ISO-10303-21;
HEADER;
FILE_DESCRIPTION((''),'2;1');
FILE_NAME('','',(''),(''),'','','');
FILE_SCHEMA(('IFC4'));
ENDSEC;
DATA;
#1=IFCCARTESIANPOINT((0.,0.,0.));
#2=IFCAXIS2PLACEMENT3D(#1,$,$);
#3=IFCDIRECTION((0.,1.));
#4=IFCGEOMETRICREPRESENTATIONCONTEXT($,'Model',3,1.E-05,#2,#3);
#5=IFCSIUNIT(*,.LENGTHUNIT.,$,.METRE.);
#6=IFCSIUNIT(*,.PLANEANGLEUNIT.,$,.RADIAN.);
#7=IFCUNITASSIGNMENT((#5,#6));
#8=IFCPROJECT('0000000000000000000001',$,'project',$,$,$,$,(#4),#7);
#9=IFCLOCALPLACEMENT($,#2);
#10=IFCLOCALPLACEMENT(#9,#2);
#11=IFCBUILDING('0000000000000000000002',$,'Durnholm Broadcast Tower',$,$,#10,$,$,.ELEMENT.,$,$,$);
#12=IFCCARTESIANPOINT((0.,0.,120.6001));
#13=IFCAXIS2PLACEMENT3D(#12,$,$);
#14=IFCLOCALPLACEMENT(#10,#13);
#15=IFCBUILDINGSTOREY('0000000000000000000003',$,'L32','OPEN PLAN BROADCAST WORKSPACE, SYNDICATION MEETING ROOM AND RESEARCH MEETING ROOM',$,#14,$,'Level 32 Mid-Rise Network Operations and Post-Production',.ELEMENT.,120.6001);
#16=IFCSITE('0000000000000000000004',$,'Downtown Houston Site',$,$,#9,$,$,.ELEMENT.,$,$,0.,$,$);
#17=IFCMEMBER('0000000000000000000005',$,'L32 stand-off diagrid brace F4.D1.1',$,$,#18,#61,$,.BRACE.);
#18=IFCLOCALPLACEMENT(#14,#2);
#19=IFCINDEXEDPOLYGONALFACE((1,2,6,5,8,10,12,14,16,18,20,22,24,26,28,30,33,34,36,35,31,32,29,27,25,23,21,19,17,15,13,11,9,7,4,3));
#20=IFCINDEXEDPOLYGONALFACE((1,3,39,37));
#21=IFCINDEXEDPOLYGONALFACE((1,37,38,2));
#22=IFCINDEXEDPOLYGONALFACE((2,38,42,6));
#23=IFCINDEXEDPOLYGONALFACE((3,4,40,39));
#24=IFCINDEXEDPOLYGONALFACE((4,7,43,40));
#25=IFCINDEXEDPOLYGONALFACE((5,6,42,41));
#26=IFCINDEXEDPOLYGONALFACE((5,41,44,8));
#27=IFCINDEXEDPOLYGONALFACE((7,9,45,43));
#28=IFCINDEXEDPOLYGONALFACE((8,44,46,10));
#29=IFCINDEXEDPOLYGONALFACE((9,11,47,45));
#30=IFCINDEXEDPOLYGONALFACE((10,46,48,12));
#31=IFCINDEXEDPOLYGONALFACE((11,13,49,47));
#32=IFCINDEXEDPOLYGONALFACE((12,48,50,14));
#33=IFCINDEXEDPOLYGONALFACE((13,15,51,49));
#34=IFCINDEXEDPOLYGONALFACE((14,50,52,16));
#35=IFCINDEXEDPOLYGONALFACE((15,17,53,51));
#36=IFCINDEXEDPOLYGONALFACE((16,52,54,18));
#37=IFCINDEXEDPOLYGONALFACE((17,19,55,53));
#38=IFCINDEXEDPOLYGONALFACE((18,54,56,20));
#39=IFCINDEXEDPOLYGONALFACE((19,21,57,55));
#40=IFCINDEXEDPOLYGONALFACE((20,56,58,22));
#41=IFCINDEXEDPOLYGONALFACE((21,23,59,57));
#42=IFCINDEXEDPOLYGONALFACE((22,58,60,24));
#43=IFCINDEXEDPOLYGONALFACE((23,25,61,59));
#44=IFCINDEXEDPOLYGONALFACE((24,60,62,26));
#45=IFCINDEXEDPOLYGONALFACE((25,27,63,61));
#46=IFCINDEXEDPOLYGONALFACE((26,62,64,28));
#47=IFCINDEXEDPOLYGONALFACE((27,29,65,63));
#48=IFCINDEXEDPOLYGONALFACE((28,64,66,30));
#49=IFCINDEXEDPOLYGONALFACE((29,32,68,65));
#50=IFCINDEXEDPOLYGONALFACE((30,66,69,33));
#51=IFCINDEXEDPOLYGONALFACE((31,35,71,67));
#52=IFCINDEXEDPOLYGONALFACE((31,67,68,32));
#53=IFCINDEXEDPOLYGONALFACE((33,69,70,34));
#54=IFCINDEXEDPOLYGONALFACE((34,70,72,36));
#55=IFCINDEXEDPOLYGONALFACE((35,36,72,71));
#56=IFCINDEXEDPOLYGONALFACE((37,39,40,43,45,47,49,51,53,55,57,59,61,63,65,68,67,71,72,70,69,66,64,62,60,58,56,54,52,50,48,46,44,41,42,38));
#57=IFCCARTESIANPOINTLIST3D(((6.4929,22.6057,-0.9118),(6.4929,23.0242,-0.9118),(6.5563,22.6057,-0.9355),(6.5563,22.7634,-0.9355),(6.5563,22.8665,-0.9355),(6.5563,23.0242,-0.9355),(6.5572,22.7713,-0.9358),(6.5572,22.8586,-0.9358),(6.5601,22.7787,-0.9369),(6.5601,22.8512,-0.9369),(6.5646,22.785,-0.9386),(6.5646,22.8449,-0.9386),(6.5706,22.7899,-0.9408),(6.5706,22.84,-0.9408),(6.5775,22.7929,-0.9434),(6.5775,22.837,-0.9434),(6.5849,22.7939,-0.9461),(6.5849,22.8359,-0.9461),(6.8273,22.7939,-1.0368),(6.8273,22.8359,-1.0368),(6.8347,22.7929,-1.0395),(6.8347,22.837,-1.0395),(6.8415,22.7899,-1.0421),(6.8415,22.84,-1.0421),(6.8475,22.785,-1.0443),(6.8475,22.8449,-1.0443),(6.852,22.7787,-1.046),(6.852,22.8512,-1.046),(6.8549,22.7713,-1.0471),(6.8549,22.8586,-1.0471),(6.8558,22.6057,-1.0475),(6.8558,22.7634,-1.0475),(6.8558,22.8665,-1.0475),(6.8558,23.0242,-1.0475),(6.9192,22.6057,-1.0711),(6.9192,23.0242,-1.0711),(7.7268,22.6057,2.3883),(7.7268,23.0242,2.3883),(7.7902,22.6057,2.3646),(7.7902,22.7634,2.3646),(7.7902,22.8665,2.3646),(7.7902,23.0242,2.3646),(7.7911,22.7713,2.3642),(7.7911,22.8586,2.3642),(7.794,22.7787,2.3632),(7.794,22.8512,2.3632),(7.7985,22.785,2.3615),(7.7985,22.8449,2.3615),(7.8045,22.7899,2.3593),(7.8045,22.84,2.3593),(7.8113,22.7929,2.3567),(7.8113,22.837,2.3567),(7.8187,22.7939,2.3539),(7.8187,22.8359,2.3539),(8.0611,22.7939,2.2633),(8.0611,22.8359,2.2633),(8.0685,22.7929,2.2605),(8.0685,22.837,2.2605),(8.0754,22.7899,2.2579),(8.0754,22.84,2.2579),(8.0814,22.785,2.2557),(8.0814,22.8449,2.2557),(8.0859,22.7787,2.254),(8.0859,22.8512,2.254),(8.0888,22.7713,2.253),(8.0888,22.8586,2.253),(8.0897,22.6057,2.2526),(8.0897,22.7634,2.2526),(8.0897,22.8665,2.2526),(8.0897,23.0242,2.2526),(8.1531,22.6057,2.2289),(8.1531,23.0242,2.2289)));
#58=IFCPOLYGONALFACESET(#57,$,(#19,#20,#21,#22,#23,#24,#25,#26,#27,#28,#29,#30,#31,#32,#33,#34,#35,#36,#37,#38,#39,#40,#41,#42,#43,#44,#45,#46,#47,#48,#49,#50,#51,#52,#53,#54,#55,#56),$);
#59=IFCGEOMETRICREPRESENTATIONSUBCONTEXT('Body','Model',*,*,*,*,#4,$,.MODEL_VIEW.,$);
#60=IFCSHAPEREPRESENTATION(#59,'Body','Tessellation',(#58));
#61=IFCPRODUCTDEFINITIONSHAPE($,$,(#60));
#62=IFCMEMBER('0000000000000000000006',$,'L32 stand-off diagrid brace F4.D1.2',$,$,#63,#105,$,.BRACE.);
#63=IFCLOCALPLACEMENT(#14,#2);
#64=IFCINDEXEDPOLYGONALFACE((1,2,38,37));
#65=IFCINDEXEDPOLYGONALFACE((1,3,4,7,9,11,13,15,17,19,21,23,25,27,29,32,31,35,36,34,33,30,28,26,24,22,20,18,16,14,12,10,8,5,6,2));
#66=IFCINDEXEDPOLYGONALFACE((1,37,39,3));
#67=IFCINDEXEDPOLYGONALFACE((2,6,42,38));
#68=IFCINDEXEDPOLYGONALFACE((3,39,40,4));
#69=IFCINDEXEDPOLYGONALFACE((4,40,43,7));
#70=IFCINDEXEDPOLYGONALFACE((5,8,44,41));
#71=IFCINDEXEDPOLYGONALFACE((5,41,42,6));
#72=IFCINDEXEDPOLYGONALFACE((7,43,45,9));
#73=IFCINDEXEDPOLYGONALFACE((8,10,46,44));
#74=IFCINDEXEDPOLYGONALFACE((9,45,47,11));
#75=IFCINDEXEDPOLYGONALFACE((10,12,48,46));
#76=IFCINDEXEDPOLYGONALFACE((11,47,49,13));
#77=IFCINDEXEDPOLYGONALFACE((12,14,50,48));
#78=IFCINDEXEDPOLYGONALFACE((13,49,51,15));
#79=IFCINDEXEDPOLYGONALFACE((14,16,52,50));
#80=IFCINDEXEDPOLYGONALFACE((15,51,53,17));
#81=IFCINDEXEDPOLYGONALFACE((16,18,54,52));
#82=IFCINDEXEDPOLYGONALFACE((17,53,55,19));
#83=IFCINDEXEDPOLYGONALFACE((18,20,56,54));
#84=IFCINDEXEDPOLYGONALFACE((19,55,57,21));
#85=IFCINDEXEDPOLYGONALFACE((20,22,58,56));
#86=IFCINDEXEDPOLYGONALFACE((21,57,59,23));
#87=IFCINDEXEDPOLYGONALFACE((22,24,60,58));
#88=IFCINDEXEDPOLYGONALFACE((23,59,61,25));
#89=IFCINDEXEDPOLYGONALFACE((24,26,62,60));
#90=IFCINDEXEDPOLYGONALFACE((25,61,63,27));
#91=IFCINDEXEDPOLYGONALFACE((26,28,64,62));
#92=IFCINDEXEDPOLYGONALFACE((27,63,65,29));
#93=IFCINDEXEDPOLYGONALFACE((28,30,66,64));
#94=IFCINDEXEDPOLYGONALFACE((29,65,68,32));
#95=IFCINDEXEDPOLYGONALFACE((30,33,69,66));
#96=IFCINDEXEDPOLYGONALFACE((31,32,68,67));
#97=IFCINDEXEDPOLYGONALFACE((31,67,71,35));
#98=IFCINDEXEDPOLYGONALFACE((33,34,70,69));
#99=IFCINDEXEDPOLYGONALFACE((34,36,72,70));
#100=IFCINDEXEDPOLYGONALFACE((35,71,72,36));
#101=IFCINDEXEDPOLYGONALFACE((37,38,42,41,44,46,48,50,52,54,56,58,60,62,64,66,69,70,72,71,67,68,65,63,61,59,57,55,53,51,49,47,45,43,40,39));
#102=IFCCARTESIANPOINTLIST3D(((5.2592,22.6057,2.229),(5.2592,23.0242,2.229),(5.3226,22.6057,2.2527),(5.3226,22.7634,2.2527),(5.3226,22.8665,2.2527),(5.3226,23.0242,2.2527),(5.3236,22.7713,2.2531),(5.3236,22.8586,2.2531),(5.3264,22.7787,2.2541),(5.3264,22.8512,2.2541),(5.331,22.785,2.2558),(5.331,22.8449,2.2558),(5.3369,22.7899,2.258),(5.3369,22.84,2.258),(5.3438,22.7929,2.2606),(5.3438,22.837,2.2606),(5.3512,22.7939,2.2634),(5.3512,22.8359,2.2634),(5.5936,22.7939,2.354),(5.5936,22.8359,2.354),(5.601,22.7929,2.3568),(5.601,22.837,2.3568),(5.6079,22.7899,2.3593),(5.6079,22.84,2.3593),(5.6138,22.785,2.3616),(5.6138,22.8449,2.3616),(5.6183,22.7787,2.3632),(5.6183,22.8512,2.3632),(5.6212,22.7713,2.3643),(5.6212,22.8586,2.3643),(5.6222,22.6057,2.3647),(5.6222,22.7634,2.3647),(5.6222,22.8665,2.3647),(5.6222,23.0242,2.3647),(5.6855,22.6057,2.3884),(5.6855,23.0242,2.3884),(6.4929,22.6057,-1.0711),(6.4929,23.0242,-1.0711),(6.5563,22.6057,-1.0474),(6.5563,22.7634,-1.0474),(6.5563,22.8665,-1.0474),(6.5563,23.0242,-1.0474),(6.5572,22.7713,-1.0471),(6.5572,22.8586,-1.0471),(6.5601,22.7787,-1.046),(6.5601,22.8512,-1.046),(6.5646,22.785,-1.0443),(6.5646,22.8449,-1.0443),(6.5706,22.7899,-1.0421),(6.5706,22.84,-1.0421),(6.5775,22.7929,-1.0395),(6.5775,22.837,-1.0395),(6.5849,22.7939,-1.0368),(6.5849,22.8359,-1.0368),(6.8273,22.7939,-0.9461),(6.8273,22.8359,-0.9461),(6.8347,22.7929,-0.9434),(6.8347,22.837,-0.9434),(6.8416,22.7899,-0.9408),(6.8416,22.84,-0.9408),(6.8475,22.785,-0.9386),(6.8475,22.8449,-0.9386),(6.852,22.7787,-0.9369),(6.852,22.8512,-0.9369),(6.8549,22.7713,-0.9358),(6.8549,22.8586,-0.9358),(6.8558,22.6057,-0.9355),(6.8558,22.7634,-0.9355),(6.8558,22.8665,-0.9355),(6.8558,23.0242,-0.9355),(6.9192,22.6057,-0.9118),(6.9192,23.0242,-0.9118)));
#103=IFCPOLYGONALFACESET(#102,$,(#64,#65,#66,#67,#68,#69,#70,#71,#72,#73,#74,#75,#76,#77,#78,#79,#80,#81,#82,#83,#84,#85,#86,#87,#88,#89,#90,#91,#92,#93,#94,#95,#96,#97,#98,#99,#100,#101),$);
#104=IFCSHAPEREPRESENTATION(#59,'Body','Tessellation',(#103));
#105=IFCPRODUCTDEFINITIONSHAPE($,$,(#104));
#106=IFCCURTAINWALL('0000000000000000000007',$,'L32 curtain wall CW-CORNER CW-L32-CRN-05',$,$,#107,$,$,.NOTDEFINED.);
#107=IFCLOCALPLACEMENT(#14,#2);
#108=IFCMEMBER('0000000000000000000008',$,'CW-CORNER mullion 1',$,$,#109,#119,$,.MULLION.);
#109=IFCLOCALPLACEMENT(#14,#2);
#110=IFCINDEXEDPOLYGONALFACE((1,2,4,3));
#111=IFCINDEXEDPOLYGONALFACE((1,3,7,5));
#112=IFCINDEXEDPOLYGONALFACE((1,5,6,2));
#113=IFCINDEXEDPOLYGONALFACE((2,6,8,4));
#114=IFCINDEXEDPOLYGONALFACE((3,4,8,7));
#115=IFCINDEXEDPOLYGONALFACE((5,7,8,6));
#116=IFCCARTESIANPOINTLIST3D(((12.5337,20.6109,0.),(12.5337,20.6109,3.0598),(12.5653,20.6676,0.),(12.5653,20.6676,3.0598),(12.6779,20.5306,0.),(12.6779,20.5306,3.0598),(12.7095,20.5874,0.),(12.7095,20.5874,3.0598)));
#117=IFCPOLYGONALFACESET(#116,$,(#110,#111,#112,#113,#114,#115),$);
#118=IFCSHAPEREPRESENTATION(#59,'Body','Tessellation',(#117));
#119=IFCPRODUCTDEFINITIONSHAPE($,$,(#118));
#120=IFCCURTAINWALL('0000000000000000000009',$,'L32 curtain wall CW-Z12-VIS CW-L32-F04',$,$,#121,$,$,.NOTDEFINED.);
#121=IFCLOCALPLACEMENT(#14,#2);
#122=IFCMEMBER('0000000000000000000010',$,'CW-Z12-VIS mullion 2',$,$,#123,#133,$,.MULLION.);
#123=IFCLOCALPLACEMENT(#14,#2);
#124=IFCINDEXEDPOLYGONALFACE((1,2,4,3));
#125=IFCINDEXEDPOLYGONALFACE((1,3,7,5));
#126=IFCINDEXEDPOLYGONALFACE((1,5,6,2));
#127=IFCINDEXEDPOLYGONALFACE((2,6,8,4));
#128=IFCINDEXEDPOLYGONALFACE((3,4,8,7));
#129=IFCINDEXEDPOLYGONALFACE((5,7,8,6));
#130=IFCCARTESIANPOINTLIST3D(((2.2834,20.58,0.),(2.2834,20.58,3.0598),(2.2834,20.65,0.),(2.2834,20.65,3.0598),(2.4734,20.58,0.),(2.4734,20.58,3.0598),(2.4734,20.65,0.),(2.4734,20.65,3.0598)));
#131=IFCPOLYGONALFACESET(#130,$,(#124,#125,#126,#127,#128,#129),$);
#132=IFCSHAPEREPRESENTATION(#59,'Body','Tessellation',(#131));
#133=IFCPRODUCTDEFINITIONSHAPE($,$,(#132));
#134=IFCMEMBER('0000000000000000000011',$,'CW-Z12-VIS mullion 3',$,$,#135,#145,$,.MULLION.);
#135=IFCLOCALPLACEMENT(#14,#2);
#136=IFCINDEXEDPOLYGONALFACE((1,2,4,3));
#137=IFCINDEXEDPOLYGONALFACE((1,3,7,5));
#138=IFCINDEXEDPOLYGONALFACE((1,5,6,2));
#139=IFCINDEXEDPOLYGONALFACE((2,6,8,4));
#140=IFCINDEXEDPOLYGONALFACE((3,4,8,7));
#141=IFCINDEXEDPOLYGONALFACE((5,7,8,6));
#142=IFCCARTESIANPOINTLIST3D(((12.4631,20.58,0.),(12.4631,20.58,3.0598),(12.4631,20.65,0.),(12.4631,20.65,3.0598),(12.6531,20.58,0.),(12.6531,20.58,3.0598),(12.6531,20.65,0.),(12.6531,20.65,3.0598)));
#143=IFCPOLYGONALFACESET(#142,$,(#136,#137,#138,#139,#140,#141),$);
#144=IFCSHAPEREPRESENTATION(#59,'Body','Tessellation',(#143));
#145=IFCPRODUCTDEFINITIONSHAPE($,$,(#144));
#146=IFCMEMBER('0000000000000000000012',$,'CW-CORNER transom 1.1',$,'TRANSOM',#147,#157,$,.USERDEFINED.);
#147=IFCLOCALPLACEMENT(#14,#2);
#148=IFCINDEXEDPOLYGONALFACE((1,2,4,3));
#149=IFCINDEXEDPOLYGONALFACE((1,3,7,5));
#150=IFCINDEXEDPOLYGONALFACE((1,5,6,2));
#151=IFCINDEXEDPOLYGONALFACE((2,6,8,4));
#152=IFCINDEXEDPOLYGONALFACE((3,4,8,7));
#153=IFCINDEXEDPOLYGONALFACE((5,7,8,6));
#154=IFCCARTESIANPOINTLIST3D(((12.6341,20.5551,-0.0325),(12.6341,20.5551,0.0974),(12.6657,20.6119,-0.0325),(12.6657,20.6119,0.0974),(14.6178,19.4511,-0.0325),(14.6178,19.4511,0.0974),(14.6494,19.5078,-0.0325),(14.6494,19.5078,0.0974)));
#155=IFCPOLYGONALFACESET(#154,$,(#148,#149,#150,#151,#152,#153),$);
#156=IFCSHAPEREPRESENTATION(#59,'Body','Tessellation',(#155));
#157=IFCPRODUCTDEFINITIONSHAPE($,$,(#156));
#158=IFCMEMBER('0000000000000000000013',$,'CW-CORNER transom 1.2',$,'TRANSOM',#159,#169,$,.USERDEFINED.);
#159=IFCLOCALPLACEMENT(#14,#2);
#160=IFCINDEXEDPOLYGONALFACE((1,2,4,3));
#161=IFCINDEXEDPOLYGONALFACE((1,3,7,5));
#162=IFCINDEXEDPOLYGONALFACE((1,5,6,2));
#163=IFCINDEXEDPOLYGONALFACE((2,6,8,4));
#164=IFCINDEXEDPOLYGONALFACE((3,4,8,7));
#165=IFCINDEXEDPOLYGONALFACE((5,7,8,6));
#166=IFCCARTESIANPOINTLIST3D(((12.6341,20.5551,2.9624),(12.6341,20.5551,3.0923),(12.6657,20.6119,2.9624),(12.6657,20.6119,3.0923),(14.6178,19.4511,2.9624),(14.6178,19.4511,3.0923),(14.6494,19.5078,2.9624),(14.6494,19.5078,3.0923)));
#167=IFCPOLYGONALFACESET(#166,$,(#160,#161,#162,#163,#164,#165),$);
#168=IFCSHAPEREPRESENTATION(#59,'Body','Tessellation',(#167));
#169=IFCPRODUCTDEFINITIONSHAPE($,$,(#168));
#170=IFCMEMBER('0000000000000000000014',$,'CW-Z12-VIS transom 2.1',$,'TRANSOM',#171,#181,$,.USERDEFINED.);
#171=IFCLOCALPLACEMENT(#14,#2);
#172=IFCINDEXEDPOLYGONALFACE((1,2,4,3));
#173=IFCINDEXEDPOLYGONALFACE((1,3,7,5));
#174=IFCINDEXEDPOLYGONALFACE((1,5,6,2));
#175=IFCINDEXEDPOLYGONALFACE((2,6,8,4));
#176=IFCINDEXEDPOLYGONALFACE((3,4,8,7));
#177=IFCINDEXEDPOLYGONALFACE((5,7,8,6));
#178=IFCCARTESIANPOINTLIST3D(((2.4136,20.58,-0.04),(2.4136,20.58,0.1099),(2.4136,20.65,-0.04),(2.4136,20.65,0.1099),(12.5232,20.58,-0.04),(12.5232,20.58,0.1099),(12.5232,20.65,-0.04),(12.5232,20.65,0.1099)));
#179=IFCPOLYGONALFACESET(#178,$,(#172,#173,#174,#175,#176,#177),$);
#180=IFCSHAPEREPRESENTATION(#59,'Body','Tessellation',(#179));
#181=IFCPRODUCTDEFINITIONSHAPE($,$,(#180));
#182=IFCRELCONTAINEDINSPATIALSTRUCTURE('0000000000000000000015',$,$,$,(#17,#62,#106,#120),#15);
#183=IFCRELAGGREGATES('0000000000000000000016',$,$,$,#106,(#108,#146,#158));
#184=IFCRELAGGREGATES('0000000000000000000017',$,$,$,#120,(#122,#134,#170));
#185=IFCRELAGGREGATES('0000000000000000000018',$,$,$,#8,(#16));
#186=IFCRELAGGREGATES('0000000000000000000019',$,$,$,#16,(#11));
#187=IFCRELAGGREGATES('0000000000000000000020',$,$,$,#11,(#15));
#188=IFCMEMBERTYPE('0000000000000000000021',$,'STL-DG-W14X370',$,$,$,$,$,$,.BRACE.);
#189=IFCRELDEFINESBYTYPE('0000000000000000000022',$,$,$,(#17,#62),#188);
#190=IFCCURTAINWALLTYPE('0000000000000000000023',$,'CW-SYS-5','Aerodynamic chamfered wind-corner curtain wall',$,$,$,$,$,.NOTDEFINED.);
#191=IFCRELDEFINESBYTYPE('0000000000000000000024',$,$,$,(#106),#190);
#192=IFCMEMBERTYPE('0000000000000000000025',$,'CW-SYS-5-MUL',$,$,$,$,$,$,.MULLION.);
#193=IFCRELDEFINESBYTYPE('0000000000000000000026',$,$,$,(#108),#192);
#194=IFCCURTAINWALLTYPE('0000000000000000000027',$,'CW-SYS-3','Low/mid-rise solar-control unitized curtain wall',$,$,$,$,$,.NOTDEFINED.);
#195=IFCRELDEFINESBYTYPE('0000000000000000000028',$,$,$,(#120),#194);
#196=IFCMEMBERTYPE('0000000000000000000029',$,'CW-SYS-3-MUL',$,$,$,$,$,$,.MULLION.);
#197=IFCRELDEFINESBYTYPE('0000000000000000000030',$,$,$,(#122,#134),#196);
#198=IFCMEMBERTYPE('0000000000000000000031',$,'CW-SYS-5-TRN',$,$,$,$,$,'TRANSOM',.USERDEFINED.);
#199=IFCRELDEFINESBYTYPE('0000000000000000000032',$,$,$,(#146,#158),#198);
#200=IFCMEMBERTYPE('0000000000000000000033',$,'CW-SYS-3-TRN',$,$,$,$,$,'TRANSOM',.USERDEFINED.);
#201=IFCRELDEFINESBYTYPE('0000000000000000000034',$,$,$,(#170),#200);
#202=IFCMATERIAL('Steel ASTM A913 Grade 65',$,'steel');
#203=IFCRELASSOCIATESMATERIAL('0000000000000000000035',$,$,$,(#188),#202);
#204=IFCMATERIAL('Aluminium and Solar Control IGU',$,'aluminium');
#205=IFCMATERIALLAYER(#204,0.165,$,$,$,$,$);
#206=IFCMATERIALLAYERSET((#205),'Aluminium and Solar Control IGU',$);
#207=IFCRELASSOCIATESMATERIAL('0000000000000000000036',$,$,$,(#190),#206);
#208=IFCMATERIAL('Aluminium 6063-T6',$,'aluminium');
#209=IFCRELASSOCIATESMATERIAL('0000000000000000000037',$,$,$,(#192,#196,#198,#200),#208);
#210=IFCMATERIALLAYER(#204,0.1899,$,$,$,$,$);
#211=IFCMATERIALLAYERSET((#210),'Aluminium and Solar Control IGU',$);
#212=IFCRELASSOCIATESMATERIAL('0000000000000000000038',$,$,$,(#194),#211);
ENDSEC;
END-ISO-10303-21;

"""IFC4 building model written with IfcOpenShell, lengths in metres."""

from ifc_helpers import new_model, si_unit, direction, frame, origin, origin_2d, place, context, subcontext, project, spatial, rectangle, i_section, extrude, source, transform, mapped, material, layer, layer_set, material_profile, profile_set, type_object, type_shapes, element, aggregate, save


model = new_model("IFC4")

# Units and contexts
model_context = context("Model", 3, precision=1e-05, world=origin(), true_north=direction((0.0, 1.0)))
body_context = subcontext(model_context, "Body", "Model", "MODEL_VIEW")
ifc_project = project(units=[si_unit("LENGTHUNIT", "METRE"), si_unit("PLANEANGLEUNIT", "RADIAN")], contexts=[model_context])

# Site, building, storey
site_placement = place(None, origin())
site = spatial("IfcSite", under=ifc_project, at=site_placement, Name="Downtown Houston Site", CompositionType="ELEMENT", RefElevation=0.0)
building_placement = place(site_placement, origin())
building = spatial("IfcBuilding", under=site, at=building_placement, Name="Durnholm Broadcast Tower", CompositionType="ELEMENT")
storey_placement = place(building_placement, frame((0.0, 0.0, 120.6001)))
storey = spatial("IfcBuildingStorey", under=building, at=storey_placement, Name="L32", Description="OPEN PLAN BROADCAST WORKSPACE, SYNDICATION MEETING ROOM AND RESEARCH MEETING ROOM", LongName="Level 32 Mid-Rise Network Operations and Post-Production", CompositionType="ELEMENT", Elevation=120.6001)

# Members
ifc_material_1 = material(Name="Steel ASTM A913 Grade 65", Category="steel")
ifc_material_profile_1 = material_profile(ifc_material_1, i_section(OverallWidth=0.4185, OverallDepth=0.4551, WebThickness=0.042, FlangeThickness=0.0676, FilletRadius=0.0305, at=origin_2d()), Name="W14X370")
ifc_profile_set_1 = profile_set([ifc_material_profile_1], Name="Steel ASTM A913 Grade 65")
member_type_1 = type_object("IfcMemberType", Name="STL-DG-W14X370", PredefinedType="BRACE", material=ifc_profile_set_1)
shared_shape_1 = source(origin(), body_context, "Body", "SweptSolid", [
    extrude(i_section(OverallWidth=0.4185, OverallDepth=0.4551, WebThickness=0.042, FlangeThickness=0.0676, FilletRadius=0.0305, at=origin_2d()), origin(), (0.0, 0.0, 1.0), 3.5232),
])
type_shapes(member_type_1, [shared_shape_1])
for number, where, z_axis, x_axis, name in (
    (1, (6.7061, 22.8149, -0.9915), (0.35022, 0.0, 0.936668), (0.0, 1.0, 0.0), "L32 stand-off diagrid brace F4.D1.1"),
    (2, (6.7061, 22.8149, -0.9915), (-0.350159, 0.0, 0.93669), (0.0, -1.0, 0.0), "L32 stand-off diagrid brace F4.D1.2"),
):
    element("IfcMember", number, at=place(storey_placement, frame(where, z_axis=z_axis, x_axis=x_axis)), inside=storey, type_object=member_type_1, Name=name, PredefinedType="BRACE", context=body_context, shape_type="MappedRepresentation", body=[
        mapped(shared_shape_1, transform((0.0, 0.0, 0.0), x_axis=(1.0, 0.0, 0.0), y_axis=(0.0, 1.0, 0.0), z_axis=(0.0, 0.0, 1.0), scale=1.0)),
    ])

# Curtain wall, member
ifc_material_2 = material(Name="Aluminium and Solar Control IGU", Category="aluminium")
ifc_layer_1 = layer(ifc_material_2, 0.165)
ifc_layer_set_1 = layer_set([ifc_layer_1], Name="Aluminium and Solar Control IGU")
curtain_wall_type_1 = type_object("IfcCurtainWallType", Name="CW-SYS-5", Description="Aerodynamic chamfered wind-corner curtain wall", PredefinedType="NOTDEFINED", material=ifc_layer_set_1)
curtain_wall_1_placement = place(storey_placement, origin())
curtain_wall_1 = element("IfcCurtainWall", 3, at=curtain_wall_1_placement, inside=storey, type_object=curtain_wall_type_1, Name="L32 curtain wall CW-CORNER CW-L32-CRN-05", PredefinedType="NOTDEFINED")
ifc_material_3 = material(Name="Aluminium 6063-T6", Category="aluminium")
ifc_material_profile_2 = material_profile(ifc_material_3, rectangle(XDim=0.0649, YDim=0.165, at=origin_2d()), Name="CWM65X165")
ifc_profile_set_2 = profile_set([ifc_material_profile_2], Name="Aluminium 6063-T6")
member_type_2 = type_object("IfcMemberType", Name="CW-SYS-5-MUL", PredefinedType="MULLION", material=ifc_profile_set_2)
shared_shape_2 = source(origin(), body_context, "Body", "SweptSolid", [
    extrude(rectangle(XDim=0.0649, YDim=0.165, at=origin_2d()), origin(), (0.0, 0.0, 1.0), 3.0598),
])
type_shapes(member_type_2, [shared_shape_2])
member_1_placement = place(storey_placement, frame((12.6216, 20.5991, 0.0), z_axis=(0.0, 0.0, 1.0), x_axis=(0.486244, 0.873823, 0.0)))
member_1 = element("IfcMember", 4, at=member_1_placement, type_object=member_type_2, Name="CW-CORNER mullion 1", PredefinedType="MULLION", context=body_context, shape_type="MappedRepresentation", body=[
    mapped(shared_shape_2, transform((0.0, 0.0, 0.0), x_axis=(1.0, 0.0, 0.0), y_axis=(0.0, 1.0, 0.0), z_axis=(0.0, 0.0, 1.0), scale=1.0)),
])

# Curtain wall, members
ifc_layer_2 = layer(ifc_material_2, 0.1899)
ifc_layer_set_2 = layer_set([ifc_layer_2], Name="Aluminium and Solar Control IGU")
curtain_wall_type_2 = type_object("IfcCurtainWallType", Name="CW-SYS-3", Description="Low/mid-rise solar-control unitized curtain wall", PredefinedType="NOTDEFINED", material=ifc_layer_set_2)
curtain_wall_2_placement = place(storey_placement, origin())
curtain_wall_2 = element("IfcCurtainWall", 5, at=curtain_wall_2_placement, inside=storey, type_object=curtain_wall_type_2, Name="L32 curtain wall CW-Z12-VIS CW-L32-F04", PredefinedType="NOTDEFINED")
ifc_material_profile_3 = material_profile(ifc_material_3, rectangle(XDim=0.0701, YDim=0.1899, at=origin_2d()), Name="CWM70X190")
ifc_profile_set_3 = profile_set([ifc_material_profile_3], Name="Aluminium 6063-T6")
member_type_3 = type_object("IfcMemberType", Name="CW-SYS-3-MUL", PredefinedType="MULLION", material=ifc_profile_set_3)
shared_shape_3 = source(origin(), body_context, "Body", "SweptSolid", [
    extrude(rectangle(XDim=0.0701, YDim=0.1899, at=origin_2d()), origin(), (0.0, 0.0, 1.0), 3.0598),
])
type_shapes(member_type_3, [shared_shape_3])
member_2_placement = place(storey_placement, frame((2.3784, 20.615, 0.0), z_axis=(0.0, 0.0, 1.0), x_axis=(0.0, 1.0, 0.0)))
member_2 = element("IfcMember", 6, at=member_2_placement, type_object=member_type_3, Name="CW-Z12-VIS mullion 2", PredefinedType="MULLION", context=body_context, shape_type="MappedRepresentation", body=[
    mapped(shared_shape_3, transform((0.0, 0.0, 0.0), x_axis=(1.0, 0.0, 0.0), y_axis=(0.0, 1.0, 0.0), z_axis=(0.0, 0.0, 1.0), scale=1.0)),
])
member_3_placement = place(storey_placement, frame((12.5581, 20.615, 0.0), z_axis=(0.0, 0.0, 1.0), x_axis=(0.0, 1.0, 0.0)))
member_3 = element("IfcMember", 7, at=member_3_placement, type_object=member_type_3, Name="CW-Z12-VIS mullion 3", PredefinedType="MULLION", context=body_context, shape_type="MappedRepresentation", body=[
    mapped(shared_shape_3, transform((0.0, 0.0, 0.0), x_axis=(1.0, 0.0, 0.0), y_axis=(0.0, 1.0, 0.0), z_axis=(0.0, 0.0, 1.0), scale=1.0)),
])

# Members
ifc_material_profile_4 = material_profile(ifc_material_3, rectangle(XDim=0.0649, YDim=0.1299, at=origin_2d()), Name="CWT65X130")
ifc_profile_set_4 = profile_set([ifc_material_profile_4], Name="Aluminium 6063-T6")
member_type_4 = type_object("IfcMemberType", Name="CW-SYS-5-TRN", ElementType="TRANSOM", PredefinedType="USERDEFINED", material=ifc_profile_set_4)
shared_shape_4 = source(origin(), body_context, "Body", "SweptSolid", [
    extrude(rectangle(XDim=0.0649, YDim=0.1299, at=origin_2d()), origin(), (0.0, 0.0, 1.0), 2.2703),
])
type_shapes(member_type_4, [shared_shape_4])
member_4_placement = place(storey_placement, frame((12.6499, 20.5835, 0.0325), z_axis=(0.873787, -0.486309, 0.0), x_axis=(0.486309, 0.873787, 0.0)))
member_4 = element("IfcMember", 8, at=member_4_placement, type_object=member_type_4, Name="CW-CORNER transom 1.1", ObjectType="TRANSOM", PredefinedType="USERDEFINED", context=body_context, shape_type="MappedRepresentation", body=[
    mapped(shared_shape_4, transform((0.0, 0.0, 0.0), x_axis=(1.0, 0.0, 0.0), y_axis=(0.0, 1.0, 0.0), z_axis=(0.0, 0.0, 1.0), scale=1.0)),
])
member_5_placement = place(storey_placement, frame((12.6499, 20.5835, 3.0273), z_axis=(0.873787, -0.486309, 0.0), x_axis=(0.486309, 0.873787, 0.0)))
member_5 = element("IfcMember", 9, at=member_5_placement, type_object=member_type_4, Name="CW-CORNER transom 1.2", ObjectType="TRANSOM", PredefinedType="USERDEFINED", context=body_context, shape_type="MappedRepresentation", body=[
    mapped(shared_shape_4, transform((0.0, 0.0, 0.0), x_axis=(1.0, 0.0, 0.0), y_axis=(0.0, 1.0, 0.0), z_axis=(0.0, 0.0, 1.0), scale=1.0)),
])
aggregate(curtain_wall_1, [member_1, member_4, member_5])
ifc_material_profile_5 = material_profile(ifc_material_3, rectangle(XDim=0.0701, YDim=0.1499, at=origin_2d()), Name="CWT70X150")
ifc_profile_set_5 = profile_set([ifc_material_profile_5], Name="Aluminium 6063-T6")
member_type_5 = type_object("IfcMemberType", Name="CW-SYS-3-TRN", ElementType="TRANSOM", PredefinedType="USERDEFINED", material=ifc_profile_set_5)
shared_shape_5 = source(origin(), body_context, "Body", "SweptSolid", [
    extrude(rectangle(XDim=0.0701, YDim=0.1499, at=origin_2d()), origin(), (0.0, 0.0, 1.0), 10.1096),
])
type_shapes(member_type_5, [shared_shape_5])
member_6_placement = place(storey_placement, frame((2.4136, 20.615, 0.0349), z_axis=(1.0, 0.0, 0.0), x_axis=(0.0, 1.0, 0.0)))
member_6 = element("IfcMember", 10, at=member_6_placement, type_object=member_type_5, Name="CW-Z12-VIS transom 2.1", ObjectType="TRANSOM", PredefinedType="USERDEFINED", context=body_context, shape_type="MappedRepresentation", body=[
    mapped(shared_shape_5, transform((0.0, 0.0, 0.0), x_axis=(1.0, 0.0, 0.0), y_axis=(0.0, 1.0, 0.0), z_axis=(0.0, 0.0, 1.0), scale=1.0)),
])

aggregate(curtain_wall_2, [member_2, member_3, member_6])

save(model, "model.ifc")
